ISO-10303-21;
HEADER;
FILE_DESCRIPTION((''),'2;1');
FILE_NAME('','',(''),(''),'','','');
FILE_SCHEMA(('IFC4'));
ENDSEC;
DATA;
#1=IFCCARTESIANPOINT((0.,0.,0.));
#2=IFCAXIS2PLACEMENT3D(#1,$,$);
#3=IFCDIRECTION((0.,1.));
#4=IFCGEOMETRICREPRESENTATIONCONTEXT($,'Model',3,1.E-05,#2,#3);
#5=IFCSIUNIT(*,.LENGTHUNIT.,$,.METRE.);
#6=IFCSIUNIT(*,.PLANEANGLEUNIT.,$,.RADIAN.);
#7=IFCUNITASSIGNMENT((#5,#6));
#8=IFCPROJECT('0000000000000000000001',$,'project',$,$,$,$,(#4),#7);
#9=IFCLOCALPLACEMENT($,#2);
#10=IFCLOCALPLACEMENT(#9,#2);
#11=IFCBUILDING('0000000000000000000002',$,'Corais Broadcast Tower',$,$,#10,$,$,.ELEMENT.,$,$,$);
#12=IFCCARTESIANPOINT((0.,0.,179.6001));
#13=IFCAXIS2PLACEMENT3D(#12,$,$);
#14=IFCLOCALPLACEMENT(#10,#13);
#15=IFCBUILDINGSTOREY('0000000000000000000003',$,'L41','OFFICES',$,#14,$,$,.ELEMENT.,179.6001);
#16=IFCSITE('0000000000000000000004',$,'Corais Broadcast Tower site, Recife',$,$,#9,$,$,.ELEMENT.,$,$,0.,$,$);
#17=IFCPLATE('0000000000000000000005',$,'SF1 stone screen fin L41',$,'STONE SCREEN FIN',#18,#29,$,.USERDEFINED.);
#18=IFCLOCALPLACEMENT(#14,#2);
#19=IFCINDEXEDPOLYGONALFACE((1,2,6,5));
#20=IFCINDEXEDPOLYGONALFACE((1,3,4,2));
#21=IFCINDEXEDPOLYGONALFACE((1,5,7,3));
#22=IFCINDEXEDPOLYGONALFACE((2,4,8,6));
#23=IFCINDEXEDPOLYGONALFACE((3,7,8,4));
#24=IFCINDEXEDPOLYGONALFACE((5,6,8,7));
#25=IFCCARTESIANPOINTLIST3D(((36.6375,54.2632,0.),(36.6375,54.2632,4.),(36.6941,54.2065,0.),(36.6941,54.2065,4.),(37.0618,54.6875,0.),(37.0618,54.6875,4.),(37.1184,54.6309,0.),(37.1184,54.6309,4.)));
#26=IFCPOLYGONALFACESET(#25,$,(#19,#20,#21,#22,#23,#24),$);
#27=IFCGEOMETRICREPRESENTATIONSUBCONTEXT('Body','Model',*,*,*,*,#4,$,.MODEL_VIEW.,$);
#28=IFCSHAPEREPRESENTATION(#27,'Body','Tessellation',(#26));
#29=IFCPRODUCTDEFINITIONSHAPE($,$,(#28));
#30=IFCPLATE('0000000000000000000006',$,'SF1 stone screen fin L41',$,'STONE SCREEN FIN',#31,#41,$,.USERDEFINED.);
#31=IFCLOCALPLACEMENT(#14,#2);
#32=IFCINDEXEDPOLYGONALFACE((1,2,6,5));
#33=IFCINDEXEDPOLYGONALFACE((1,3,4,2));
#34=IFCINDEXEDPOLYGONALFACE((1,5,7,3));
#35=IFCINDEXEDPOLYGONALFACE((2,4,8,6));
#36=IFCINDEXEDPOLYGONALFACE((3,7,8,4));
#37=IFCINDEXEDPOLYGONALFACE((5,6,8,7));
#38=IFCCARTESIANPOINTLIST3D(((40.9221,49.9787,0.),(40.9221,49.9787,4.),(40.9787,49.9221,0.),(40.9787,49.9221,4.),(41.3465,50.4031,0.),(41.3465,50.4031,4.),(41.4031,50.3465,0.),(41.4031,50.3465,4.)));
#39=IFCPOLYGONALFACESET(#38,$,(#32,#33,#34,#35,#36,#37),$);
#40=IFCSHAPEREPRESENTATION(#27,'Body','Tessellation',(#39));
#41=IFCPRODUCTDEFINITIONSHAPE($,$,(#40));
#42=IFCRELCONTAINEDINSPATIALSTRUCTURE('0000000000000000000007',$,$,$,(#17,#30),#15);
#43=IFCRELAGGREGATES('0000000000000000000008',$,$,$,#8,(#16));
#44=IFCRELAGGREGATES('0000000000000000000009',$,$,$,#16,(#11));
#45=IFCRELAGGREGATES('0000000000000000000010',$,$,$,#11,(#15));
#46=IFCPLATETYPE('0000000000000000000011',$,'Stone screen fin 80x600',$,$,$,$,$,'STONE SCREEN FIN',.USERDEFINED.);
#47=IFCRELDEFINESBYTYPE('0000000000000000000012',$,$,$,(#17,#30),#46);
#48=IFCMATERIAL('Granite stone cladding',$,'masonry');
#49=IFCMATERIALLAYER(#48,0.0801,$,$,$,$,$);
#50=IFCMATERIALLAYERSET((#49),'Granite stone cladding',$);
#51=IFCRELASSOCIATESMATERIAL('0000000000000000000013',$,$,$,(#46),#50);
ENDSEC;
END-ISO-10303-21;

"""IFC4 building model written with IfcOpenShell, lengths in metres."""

from ifc_helpers import new_model, si_unit, direction, frame, origin, origin_2d, place, context, subcontext, project, spatial, rectangle, extrude, material, layer, layer_set, type_object, element, save


model = new_model("IFC4")

# Units and contexts
model_context = context("Model", 3, precision=1e-05, world=origin(), true_north=direction((0.0, 1.0)))
body_context = subcontext(model_context, "Body", "Model", "MODEL_VIEW")
ifc_project = project(units=[si_unit("LENGTHUNIT", "METRE"), si_unit("PLANEANGLEUNIT", "RADIAN")], contexts=[model_context])

# Site, building, storey
site_placement = place(None, origin())
site = spatial("IfcSite", under=ifc_project, at=site_placement, Name="Corais Broadcast Tower site, Recife", CompositionType="ELEMENT", RefElevation=0.0)
building_placement = place(site_placement, origin())
building = spatial("IfcBuilding", under=site, at=building_placement, Name="Corais Broadcast Tower", CompositionType="ELEMENT")
storey_placement = place(building_placement, frame((0.0, 0.0, 179.6001)))
storey = spatial("IfcBuildingStorey", under=building, at=storey_placement, Name="L41", Description="OFFICES", CompositionType="ELEMENT", Elevation=179.6001)

# Plates
ifc_material_1 = material(Name="Granite stone cladding", Category="masonry")
ifc_layer_1 = layer(ifc_material_1, 0.0801)
ifc_layer_set_1 = layer_set([ifc_layer_1], Name="Granite stone cladding")
plate_type_1 = type_object("IfcPlateType", Name="Stone screen fin 80x600", ElementType="STONE SCREEN FIN", PredefinedType="USERDEFINED", material=ifc_layer_set_1)
for number, where, z_axis, x_axis, name in (
    (1, (36.8779, 54.447, 0.0), (0.0, 0.0, 1.0), (0.707107, -0.707107, 0.0), "SF1 stone screen fin L41"),
    (2, (41.1626, 50.1626, 0.0), (0.0, 0.0, 1.0), (0.707107, -0.707107, 0.0), "SF1 stone screen fin L41"),
):
    element("IfcPlate", number, at=place(storey_placement, frame(where, z_axis=z_axis, x_axis=x_axis)), inside=storey, type_object=plate_type_1, Name=name, ObjectType="STONE SCREEN FIN", PredefinedType="USERDEFINED", context=body_context, shape_type="SweptSolid", body=[
        extrude(rectangle(XDim=0.0801, YDim=0.6001, at=origin_2d()), origin(), (0.0, 0.0, 1.0), 4.0),
    ])

save(model, "model.ifc")
